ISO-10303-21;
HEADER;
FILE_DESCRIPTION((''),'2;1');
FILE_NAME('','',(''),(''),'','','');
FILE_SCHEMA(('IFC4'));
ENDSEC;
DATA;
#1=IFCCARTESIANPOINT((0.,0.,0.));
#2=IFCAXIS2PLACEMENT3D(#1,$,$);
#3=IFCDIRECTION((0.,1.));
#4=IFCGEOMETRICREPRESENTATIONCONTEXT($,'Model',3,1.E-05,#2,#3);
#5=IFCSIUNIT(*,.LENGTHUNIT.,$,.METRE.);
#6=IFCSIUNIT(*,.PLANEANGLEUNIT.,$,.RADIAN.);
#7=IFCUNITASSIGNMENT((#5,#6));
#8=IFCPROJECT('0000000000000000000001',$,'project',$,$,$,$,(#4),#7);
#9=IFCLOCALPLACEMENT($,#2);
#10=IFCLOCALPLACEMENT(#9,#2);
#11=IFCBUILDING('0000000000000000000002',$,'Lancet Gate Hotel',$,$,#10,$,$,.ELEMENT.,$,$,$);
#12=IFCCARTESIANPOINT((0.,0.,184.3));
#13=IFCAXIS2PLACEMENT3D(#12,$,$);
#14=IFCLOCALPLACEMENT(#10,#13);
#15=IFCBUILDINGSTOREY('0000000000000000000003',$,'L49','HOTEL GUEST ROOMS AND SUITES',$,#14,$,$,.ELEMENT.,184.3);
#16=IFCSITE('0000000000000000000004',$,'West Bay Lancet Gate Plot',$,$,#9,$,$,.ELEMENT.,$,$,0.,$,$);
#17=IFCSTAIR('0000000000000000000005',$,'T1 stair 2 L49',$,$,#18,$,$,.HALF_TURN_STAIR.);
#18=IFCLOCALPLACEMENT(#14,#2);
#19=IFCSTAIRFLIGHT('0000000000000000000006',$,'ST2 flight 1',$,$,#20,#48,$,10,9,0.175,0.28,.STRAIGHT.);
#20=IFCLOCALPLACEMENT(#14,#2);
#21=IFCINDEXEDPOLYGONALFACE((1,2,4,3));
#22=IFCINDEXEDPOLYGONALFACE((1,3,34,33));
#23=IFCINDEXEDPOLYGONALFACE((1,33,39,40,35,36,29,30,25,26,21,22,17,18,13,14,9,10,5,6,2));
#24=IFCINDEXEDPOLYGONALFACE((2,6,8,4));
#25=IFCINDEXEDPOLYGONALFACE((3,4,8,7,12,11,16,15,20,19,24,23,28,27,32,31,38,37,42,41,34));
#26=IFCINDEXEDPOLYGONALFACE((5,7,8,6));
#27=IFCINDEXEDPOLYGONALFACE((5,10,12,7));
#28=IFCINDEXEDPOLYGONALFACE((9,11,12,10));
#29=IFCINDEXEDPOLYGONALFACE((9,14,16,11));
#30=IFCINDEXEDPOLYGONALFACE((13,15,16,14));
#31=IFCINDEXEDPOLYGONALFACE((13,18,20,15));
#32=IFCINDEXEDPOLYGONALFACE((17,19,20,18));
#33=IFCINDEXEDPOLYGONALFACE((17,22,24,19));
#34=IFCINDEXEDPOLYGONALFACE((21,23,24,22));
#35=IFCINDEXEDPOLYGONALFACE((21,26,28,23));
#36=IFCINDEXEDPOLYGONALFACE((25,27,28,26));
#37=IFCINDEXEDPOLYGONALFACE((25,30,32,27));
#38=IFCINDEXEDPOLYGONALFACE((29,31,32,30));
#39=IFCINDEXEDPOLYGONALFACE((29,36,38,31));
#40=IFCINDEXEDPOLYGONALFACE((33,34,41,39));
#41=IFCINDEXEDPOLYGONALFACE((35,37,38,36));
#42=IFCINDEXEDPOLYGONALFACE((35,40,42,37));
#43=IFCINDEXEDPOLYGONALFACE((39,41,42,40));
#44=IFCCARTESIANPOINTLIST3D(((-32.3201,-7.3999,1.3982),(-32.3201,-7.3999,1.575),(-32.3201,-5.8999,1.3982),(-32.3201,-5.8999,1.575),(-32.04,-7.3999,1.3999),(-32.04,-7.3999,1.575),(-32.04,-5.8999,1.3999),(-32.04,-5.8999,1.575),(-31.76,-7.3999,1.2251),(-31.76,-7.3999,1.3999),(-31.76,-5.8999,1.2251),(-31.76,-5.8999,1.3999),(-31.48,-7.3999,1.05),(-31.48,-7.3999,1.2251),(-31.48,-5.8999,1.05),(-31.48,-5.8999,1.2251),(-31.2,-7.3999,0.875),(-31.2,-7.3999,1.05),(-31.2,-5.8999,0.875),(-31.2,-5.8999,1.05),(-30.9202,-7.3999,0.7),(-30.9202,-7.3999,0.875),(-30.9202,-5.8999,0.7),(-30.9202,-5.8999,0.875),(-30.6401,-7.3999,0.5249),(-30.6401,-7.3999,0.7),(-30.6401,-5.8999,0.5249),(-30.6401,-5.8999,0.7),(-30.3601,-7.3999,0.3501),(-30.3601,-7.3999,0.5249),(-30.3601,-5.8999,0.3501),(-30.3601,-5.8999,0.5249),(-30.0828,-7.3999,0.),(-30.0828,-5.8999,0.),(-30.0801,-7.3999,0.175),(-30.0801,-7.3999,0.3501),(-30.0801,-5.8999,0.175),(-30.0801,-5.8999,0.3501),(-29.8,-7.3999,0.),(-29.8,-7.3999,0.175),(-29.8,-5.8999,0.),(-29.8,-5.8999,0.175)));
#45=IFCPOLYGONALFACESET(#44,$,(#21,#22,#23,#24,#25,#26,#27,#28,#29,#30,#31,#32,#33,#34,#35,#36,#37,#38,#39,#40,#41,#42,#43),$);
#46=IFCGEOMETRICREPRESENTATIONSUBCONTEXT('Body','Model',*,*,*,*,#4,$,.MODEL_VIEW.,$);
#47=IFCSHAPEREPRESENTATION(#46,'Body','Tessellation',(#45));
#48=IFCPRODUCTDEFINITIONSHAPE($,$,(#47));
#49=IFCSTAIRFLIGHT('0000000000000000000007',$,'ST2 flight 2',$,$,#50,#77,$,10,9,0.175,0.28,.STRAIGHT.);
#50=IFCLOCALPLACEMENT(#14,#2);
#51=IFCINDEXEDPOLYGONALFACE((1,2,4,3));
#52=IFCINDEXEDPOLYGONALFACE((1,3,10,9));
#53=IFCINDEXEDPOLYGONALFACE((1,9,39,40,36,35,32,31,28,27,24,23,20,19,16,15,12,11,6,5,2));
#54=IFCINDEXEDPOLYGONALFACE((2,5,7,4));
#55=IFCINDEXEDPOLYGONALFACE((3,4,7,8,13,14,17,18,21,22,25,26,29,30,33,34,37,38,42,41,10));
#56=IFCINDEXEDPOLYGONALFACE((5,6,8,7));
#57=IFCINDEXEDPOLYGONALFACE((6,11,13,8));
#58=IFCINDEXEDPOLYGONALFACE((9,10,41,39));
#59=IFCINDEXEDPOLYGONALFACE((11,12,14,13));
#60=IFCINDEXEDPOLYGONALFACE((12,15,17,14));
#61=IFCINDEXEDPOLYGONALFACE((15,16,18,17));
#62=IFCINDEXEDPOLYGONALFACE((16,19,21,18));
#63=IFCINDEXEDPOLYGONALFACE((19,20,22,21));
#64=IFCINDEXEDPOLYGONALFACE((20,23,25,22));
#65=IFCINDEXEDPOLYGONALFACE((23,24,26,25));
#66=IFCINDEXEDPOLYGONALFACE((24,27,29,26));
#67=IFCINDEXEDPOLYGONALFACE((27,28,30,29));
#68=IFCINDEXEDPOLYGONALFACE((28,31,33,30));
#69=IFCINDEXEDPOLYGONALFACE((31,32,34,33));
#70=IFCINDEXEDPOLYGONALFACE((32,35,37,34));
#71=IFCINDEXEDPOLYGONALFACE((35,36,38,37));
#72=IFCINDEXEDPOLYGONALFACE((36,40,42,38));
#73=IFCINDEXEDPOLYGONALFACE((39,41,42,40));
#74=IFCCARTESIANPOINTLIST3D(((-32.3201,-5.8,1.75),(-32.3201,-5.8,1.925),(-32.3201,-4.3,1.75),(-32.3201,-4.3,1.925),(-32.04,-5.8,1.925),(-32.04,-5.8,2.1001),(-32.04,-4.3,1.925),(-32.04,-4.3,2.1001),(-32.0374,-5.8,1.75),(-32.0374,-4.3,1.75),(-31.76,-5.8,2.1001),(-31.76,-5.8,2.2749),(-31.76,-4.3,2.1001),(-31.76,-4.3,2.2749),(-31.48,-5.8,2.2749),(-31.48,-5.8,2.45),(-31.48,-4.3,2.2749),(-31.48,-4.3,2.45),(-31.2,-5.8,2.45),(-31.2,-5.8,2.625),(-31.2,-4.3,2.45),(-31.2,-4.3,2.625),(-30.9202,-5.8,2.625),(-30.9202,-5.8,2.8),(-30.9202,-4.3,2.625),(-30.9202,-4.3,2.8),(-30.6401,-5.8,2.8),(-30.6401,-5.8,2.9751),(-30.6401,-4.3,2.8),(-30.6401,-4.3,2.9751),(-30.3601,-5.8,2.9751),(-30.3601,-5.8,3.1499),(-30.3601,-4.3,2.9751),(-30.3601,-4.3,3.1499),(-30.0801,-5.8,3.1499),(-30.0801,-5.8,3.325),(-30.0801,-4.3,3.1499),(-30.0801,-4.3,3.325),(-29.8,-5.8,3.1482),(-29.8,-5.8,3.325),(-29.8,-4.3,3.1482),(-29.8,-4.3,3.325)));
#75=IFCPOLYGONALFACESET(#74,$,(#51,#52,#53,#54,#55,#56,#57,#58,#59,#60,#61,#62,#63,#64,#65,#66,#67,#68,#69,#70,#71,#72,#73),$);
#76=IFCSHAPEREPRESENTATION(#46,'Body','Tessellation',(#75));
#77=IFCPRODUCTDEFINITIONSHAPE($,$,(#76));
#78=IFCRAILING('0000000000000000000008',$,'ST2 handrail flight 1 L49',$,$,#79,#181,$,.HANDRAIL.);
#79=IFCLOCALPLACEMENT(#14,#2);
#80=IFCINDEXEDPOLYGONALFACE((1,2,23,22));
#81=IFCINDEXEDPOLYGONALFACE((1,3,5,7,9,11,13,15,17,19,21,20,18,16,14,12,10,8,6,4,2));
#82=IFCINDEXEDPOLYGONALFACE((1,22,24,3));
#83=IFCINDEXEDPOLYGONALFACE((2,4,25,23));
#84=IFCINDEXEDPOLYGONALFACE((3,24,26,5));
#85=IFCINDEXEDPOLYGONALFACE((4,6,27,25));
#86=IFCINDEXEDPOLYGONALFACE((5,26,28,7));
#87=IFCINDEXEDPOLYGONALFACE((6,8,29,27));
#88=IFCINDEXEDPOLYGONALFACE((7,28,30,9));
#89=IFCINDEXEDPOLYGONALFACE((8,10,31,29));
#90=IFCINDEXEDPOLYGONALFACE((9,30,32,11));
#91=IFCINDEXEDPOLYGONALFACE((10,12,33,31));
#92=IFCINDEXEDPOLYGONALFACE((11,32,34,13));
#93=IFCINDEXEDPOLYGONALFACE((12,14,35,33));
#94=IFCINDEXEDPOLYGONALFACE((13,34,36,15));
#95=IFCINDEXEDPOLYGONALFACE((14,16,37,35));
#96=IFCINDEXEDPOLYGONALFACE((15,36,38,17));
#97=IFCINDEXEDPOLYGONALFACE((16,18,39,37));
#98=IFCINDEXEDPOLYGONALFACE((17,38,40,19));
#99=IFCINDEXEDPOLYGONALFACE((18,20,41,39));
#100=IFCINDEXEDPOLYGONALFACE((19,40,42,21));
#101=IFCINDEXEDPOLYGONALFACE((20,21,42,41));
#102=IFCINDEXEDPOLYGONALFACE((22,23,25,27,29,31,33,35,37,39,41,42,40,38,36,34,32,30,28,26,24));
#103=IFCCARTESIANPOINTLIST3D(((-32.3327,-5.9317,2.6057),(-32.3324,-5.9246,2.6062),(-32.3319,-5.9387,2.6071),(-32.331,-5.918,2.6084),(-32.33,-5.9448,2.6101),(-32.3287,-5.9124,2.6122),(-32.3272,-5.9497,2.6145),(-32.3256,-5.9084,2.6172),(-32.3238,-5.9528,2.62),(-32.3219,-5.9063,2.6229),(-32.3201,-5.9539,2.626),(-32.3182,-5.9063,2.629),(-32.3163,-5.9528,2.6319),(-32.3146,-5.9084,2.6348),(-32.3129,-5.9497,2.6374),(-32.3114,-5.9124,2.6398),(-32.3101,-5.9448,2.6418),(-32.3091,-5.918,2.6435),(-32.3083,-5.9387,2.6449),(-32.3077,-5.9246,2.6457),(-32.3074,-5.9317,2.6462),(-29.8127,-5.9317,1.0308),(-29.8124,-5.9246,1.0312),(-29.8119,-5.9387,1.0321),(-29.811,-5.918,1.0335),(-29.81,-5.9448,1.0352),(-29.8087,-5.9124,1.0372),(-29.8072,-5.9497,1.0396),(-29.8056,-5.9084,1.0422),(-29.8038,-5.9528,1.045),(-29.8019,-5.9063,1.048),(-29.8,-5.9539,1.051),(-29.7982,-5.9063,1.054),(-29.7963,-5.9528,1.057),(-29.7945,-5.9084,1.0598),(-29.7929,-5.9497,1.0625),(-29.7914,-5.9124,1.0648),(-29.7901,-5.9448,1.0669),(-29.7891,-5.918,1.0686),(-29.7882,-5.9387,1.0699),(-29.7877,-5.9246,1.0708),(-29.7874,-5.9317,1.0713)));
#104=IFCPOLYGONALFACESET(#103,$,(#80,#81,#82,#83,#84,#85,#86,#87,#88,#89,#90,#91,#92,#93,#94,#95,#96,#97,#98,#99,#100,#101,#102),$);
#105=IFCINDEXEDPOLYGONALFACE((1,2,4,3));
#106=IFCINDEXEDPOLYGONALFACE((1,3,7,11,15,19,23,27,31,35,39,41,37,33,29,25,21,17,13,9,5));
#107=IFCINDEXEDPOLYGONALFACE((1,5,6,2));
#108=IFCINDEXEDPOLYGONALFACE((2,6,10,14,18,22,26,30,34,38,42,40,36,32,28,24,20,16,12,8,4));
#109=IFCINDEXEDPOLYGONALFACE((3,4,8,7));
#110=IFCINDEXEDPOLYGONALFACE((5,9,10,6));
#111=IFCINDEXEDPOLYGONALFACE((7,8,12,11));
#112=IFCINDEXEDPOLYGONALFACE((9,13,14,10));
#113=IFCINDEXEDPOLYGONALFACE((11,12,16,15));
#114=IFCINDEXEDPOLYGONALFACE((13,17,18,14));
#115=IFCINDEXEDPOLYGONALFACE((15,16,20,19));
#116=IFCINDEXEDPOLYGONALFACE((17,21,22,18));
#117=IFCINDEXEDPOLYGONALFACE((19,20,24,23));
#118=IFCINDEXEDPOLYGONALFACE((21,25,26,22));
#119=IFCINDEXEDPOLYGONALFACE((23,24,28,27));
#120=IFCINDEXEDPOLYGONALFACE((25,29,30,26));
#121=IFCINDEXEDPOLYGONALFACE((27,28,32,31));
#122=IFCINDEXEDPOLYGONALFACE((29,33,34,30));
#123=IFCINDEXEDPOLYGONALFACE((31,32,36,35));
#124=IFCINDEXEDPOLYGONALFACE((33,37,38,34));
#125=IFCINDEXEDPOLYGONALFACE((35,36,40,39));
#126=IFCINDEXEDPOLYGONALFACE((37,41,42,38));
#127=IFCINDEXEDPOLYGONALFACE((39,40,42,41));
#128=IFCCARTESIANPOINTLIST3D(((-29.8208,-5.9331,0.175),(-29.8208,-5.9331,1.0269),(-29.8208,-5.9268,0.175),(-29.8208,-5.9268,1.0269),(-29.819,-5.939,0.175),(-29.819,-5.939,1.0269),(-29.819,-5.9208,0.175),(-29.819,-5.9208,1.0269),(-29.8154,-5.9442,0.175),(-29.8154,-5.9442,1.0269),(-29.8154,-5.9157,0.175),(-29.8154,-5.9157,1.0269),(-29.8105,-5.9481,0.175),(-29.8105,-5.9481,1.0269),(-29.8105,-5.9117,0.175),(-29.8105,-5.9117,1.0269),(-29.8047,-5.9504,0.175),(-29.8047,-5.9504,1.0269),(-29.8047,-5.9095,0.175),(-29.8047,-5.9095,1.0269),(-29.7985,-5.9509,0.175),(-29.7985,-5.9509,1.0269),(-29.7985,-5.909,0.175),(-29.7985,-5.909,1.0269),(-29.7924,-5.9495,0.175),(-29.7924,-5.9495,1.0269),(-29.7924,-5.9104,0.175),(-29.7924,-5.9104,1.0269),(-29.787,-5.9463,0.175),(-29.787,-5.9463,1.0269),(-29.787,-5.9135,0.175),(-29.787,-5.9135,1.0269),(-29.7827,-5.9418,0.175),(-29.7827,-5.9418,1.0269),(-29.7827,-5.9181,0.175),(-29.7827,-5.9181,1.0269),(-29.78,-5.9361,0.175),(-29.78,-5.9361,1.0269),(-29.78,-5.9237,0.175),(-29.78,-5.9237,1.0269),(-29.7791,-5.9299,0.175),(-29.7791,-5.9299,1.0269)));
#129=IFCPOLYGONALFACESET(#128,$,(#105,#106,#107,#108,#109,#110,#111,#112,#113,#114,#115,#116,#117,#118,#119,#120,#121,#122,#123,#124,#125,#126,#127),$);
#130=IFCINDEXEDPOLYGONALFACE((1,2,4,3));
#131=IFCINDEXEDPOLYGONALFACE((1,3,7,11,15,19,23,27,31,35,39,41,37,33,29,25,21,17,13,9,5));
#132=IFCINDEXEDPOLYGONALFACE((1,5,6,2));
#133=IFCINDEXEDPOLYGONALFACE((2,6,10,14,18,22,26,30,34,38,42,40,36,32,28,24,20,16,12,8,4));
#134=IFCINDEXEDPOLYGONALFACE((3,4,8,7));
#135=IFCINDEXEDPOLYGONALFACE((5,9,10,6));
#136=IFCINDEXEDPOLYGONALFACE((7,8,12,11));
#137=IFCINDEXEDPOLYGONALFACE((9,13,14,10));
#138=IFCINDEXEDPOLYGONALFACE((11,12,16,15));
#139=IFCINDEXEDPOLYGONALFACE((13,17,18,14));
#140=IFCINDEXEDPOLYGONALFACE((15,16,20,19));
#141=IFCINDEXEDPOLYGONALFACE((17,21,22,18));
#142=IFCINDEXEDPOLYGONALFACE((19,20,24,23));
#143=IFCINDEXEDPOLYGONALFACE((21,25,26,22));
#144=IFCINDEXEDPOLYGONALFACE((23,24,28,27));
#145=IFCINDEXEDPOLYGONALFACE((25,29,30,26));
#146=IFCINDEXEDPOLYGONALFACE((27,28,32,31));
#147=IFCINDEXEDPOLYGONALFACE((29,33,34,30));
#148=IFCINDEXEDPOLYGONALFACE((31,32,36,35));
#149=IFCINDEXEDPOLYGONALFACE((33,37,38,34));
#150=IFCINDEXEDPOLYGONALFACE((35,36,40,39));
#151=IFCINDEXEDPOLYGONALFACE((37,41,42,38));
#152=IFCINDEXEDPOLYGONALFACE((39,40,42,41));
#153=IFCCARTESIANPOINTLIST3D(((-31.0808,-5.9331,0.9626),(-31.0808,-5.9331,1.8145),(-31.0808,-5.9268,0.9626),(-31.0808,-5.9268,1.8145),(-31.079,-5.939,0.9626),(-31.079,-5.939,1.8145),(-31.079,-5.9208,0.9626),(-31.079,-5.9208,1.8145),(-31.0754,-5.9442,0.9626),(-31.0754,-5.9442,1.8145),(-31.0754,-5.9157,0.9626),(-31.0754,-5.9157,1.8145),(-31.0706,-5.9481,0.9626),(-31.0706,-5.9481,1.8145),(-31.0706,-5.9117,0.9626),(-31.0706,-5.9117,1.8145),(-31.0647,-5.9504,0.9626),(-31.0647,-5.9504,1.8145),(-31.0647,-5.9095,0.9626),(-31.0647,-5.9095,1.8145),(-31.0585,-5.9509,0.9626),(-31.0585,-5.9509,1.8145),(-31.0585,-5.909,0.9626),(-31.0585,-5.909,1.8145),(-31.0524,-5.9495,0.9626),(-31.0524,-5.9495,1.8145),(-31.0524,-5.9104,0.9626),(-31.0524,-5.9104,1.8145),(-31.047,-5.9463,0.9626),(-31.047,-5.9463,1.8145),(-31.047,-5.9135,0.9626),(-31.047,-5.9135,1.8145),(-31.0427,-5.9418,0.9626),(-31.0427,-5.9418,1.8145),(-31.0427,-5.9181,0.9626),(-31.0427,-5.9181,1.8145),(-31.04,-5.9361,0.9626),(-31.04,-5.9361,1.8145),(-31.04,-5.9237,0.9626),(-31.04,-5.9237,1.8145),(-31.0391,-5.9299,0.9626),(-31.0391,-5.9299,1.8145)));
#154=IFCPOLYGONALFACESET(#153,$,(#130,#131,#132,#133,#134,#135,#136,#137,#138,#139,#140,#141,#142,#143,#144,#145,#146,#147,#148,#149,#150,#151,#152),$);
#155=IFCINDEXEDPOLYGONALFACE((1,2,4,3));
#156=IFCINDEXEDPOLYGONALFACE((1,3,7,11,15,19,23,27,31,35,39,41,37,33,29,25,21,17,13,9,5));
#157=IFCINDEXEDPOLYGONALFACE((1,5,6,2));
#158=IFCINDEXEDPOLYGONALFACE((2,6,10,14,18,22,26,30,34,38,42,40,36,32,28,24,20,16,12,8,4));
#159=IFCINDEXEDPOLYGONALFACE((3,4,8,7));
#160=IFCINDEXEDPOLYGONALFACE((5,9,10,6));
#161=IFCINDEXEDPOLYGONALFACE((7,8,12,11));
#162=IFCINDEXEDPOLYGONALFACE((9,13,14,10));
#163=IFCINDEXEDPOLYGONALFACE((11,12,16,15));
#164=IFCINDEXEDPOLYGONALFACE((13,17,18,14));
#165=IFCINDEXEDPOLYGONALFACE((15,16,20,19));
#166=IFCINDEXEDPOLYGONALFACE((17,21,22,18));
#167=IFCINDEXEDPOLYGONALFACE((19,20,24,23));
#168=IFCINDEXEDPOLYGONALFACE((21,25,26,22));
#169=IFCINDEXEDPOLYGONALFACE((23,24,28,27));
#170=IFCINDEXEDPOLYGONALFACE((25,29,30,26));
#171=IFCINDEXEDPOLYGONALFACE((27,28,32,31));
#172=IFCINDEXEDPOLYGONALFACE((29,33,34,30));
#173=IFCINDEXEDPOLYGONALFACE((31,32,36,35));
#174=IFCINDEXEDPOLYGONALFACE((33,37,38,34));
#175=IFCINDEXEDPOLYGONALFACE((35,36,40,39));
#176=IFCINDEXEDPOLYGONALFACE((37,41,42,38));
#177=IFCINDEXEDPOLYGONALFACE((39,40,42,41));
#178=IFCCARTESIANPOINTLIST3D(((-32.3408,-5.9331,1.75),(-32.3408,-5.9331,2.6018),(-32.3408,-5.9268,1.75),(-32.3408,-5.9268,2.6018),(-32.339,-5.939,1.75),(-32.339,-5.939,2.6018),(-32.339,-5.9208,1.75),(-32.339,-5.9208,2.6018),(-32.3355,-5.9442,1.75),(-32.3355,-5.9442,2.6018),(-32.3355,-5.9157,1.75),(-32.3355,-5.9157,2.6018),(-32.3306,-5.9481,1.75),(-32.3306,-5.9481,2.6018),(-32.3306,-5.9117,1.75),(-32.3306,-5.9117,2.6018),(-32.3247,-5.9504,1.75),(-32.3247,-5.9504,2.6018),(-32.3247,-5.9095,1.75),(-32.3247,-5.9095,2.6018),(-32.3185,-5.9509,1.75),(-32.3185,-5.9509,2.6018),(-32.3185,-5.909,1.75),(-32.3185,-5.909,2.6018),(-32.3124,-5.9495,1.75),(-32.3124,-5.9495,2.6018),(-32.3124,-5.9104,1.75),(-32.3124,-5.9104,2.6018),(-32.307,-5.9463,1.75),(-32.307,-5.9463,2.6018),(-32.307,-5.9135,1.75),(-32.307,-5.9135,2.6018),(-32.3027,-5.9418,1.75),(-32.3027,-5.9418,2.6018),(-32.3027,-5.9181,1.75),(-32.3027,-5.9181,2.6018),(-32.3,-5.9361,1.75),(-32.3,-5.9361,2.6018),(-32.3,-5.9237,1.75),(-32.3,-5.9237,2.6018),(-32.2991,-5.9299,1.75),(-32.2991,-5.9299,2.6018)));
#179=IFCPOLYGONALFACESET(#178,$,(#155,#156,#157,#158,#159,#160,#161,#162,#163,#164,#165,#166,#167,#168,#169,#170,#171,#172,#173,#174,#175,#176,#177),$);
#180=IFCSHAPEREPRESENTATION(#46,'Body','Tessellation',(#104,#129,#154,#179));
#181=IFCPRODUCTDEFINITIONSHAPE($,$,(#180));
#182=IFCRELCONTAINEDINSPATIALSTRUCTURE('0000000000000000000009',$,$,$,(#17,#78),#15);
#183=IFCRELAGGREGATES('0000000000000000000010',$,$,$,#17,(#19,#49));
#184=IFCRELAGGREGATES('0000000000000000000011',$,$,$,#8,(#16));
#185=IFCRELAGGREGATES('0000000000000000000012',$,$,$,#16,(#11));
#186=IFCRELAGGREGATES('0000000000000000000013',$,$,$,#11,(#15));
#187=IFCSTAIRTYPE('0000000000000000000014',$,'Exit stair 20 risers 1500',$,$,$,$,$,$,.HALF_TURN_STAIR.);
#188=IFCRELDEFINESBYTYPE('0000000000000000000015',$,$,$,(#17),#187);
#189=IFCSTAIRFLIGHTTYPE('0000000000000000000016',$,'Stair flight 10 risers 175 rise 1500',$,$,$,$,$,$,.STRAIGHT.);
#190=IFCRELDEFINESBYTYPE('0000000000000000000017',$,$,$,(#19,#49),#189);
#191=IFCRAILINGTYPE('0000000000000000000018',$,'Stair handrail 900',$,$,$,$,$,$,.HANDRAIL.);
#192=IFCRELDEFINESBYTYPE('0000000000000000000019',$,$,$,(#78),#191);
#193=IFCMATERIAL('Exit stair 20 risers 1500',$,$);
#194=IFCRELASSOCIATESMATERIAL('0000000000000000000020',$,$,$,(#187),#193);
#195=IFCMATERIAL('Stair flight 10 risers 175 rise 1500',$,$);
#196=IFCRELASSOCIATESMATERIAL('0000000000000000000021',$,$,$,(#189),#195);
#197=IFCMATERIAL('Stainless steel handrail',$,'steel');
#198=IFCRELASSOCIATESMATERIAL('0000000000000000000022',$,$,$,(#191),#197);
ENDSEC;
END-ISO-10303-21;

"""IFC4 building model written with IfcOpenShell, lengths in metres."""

from ifc_helpers import new_model, si_unit, direction, frame, origin, origin_2d, place, context, subcontext, project, spatial, polyline, circle, outline, extrude, material, type_object, element, aggregate, save


model = new_model("IFC4")

# Units and contexts
model_context = context("Model", 3, precision=1e-05, world=origin(), true_north=direction((0.0, 1.0)))
body_context = subcontext(model_context, "Body", "Model", "MODEL_VIEW")
ifc_project = project(units=[si_unit("LENGTHUNIT", "METRE"), si_unit("PLANEANGLEUNIT", "RADIAN")], contexts=[model_context])

# Site, building, storey
site_placement = place(None, origin())
site = spatial("IfcSite", under=ifc_project, at=site_placement, Name="West Bay Lancet Gate Plot", CompositionType="ELEMENT", RefElevation=0.0)
building_placement = place(site_placement, origin())
building = spatial("IfcBuilding", under=site, at=building_placement, Name="Lancet Gate Hotel", CompositionType="ELEMENT")
storey_placement = place(building_placement, frame((0.0, 0.0, 184.3)))
storey = spatial("IfcBuildingStorey", under=building, at=storey_placement, Name="L49", Description="HOTEL GUEST ROOMS AND SUITES", CompositionType="ELEMENT", Elevation=184.3)

# Stair, stair flights
ifc_material_1 = material(Name="Exit stair 20 risers 1500")
stair_type = type_object("IfcStairType", Name="Exit stair 20 risers 1500", PredefinedType="HALF_TURN_STAIR", material=ifc_material_1)
stair_placement = place(storey_placement, origin())
stair = element("IfcStair", 1, at=stair_placement, inside=storey, type_object=stair_type, Name="T1 stair 2 L49", PredefinedType="HALF_TURN_STAIR")
ifc_material_2 = material(Name="Stair flight 10 risers 175 rise 1500")
stair_flight_type = type_object("IfcStairFlightType", Name="Stair flight 10 risers 175 rise 1500", PredefinedType="STRAIGHT", material=ifc_material_2)
stair_flight_1_placement = place(storey_placement, frame((-29.8, -6.6499, 0.0), z_axis=(0.0, 0.0, 1.0), x_axis=(-1.0, 0.0, 0.0)))
stair_flight_1 = element("IfcStairFlight", 2, at=stair_flight_1_placement, type_object=stair_flight_type, Name="ST2 flight 1", NumberOfRisers=10, NumberOfTreads=9, PredefinedType="STRAIGHT", RiserHeight=0.175, TreadLength=0.28, context=body_context, shape_type="SweptSolid", body=[
    extrude(outline(polyline([(0.0, 0.0), (0.0, 0.175), (0.28, 0.175), (0.28, 0.3501), (0.5601, 0.3501), (0.5601, 0.5249), (0.8401, 0.5249), (0.8401, 0.7), (1.1201, 0.7), (1.1201, 0.875), (1.3999, 0.875), (1.3999, 1.05), (1.6799, 1.05), (1.6799, 1.2251), (1.96, 1.2251), (1.96, 1.3999), (2.24, 1.3999), (2.24, 1.575), (2.52, 1.575), (2.52, 1.75), (2.52, 1.3982), (0.2827, 0.0), (0.0, 0.0)])), frame((0.0, 0.75, 0.0), z_axis=(0.0, -1.0, 0.0), x_axis=(1.0, 0.0, 0.0)), (0.0, 0.0, 1.0), 1.5),
])
stair_flight_2_placement = place(storey_placement, frame((-32.3201, -5.05, 1.75), z_axis=(0.0, 0.0, 1.0), x_axis=(1.0, 0.0, 0.0)))
stair_flight_2 = element("IfcStairFlight", 3, at=stair_flight_2_placement, type_object=stair_flight_type, Name="ST2 flight 2", NumberOfRisers=10, NumberOfTreads=9, PredefinedType="STRAIGHT", RiserHeight=0.175, TreadLength=0.28, context=body_context, shape_type="SweptSolid", body=[
    extrude(outline(polyline([(0.0, 0.0), (0.0, 0.175), (0.28, 0.175), (0.28, 0.3501), (0.5601, 0.3501), (0.5601, 0.5249), (0.8401, 0.5249), (0.8401, 0.7), (1.1201, 0.7), (1.1201, 0.875), (1.3999, 0.875), (1.3999, 1.05), (1.6799, 1.05), (1.6799, 1.2251), (1.96, 1.2251), (1.96, 1.3999), (2.24, 1.3999), (2.24, 1.575), (2.52, 1.575), (2.52, 1.75), (2.52, 1.3982), (0.2827, 0.0), (0.0, 0.0)])), frame((0.0, 0.75, 0.0), z_axis=(0.0, -1.0, 0.0), x_axis=(1.0, 0.0, 0.0)), (0.0, 0.0, 1.0), 1.5),
])
aggregate(stair, [stair_flight_1, stair_flight_2])

# Railing
ifc_material_3 = material(Name="Stainless steel handrail", Category="steel")
railing_type = type_object("IfcRailingType", Name="Stair handrail 900", PredefinedType="HANDRAIL", material=ifc_material_3)
railing_1_placement = place(storey_placement, frame((-29.8, -5.9299, 0.175)))
element("IfcRailing", 4, at=railing_1_placement, inside=storey, type_object=railing_type, Name="ST2 handrail flight 1 L49", PredefinedType="HANDRAIL", context=body_context, shape_type="SweptSolid", body=[
    extrude(circle(Radius=0.0239, at=origin_2d()), frame((0.0, 0.0, 0.876), z_axis=(-0.848008, 0.0, 0.529984), x_axis=(0.0, -1.0, 0.0)), (0.0, 0.0, 1.0), 2.9717),
    extrude(circle(Radius=0.021, at=origin_2d()), origin(), (0.0, 0.0, 1.0), 0.8518),
    extrude(circle(Radius=0.021, at=origin_2d()), frame((-1.26, 0.0, 0.7876)), (0.0, 0.0, 1.0), 0.8518),
    extrude(circle(Radius=0.021, at=origin_2d()), frame((-2.52, 0.0, 1.575)), (0.0, 0.0, 1.0), 0.8518),
])

save(model, "model.ifc")
